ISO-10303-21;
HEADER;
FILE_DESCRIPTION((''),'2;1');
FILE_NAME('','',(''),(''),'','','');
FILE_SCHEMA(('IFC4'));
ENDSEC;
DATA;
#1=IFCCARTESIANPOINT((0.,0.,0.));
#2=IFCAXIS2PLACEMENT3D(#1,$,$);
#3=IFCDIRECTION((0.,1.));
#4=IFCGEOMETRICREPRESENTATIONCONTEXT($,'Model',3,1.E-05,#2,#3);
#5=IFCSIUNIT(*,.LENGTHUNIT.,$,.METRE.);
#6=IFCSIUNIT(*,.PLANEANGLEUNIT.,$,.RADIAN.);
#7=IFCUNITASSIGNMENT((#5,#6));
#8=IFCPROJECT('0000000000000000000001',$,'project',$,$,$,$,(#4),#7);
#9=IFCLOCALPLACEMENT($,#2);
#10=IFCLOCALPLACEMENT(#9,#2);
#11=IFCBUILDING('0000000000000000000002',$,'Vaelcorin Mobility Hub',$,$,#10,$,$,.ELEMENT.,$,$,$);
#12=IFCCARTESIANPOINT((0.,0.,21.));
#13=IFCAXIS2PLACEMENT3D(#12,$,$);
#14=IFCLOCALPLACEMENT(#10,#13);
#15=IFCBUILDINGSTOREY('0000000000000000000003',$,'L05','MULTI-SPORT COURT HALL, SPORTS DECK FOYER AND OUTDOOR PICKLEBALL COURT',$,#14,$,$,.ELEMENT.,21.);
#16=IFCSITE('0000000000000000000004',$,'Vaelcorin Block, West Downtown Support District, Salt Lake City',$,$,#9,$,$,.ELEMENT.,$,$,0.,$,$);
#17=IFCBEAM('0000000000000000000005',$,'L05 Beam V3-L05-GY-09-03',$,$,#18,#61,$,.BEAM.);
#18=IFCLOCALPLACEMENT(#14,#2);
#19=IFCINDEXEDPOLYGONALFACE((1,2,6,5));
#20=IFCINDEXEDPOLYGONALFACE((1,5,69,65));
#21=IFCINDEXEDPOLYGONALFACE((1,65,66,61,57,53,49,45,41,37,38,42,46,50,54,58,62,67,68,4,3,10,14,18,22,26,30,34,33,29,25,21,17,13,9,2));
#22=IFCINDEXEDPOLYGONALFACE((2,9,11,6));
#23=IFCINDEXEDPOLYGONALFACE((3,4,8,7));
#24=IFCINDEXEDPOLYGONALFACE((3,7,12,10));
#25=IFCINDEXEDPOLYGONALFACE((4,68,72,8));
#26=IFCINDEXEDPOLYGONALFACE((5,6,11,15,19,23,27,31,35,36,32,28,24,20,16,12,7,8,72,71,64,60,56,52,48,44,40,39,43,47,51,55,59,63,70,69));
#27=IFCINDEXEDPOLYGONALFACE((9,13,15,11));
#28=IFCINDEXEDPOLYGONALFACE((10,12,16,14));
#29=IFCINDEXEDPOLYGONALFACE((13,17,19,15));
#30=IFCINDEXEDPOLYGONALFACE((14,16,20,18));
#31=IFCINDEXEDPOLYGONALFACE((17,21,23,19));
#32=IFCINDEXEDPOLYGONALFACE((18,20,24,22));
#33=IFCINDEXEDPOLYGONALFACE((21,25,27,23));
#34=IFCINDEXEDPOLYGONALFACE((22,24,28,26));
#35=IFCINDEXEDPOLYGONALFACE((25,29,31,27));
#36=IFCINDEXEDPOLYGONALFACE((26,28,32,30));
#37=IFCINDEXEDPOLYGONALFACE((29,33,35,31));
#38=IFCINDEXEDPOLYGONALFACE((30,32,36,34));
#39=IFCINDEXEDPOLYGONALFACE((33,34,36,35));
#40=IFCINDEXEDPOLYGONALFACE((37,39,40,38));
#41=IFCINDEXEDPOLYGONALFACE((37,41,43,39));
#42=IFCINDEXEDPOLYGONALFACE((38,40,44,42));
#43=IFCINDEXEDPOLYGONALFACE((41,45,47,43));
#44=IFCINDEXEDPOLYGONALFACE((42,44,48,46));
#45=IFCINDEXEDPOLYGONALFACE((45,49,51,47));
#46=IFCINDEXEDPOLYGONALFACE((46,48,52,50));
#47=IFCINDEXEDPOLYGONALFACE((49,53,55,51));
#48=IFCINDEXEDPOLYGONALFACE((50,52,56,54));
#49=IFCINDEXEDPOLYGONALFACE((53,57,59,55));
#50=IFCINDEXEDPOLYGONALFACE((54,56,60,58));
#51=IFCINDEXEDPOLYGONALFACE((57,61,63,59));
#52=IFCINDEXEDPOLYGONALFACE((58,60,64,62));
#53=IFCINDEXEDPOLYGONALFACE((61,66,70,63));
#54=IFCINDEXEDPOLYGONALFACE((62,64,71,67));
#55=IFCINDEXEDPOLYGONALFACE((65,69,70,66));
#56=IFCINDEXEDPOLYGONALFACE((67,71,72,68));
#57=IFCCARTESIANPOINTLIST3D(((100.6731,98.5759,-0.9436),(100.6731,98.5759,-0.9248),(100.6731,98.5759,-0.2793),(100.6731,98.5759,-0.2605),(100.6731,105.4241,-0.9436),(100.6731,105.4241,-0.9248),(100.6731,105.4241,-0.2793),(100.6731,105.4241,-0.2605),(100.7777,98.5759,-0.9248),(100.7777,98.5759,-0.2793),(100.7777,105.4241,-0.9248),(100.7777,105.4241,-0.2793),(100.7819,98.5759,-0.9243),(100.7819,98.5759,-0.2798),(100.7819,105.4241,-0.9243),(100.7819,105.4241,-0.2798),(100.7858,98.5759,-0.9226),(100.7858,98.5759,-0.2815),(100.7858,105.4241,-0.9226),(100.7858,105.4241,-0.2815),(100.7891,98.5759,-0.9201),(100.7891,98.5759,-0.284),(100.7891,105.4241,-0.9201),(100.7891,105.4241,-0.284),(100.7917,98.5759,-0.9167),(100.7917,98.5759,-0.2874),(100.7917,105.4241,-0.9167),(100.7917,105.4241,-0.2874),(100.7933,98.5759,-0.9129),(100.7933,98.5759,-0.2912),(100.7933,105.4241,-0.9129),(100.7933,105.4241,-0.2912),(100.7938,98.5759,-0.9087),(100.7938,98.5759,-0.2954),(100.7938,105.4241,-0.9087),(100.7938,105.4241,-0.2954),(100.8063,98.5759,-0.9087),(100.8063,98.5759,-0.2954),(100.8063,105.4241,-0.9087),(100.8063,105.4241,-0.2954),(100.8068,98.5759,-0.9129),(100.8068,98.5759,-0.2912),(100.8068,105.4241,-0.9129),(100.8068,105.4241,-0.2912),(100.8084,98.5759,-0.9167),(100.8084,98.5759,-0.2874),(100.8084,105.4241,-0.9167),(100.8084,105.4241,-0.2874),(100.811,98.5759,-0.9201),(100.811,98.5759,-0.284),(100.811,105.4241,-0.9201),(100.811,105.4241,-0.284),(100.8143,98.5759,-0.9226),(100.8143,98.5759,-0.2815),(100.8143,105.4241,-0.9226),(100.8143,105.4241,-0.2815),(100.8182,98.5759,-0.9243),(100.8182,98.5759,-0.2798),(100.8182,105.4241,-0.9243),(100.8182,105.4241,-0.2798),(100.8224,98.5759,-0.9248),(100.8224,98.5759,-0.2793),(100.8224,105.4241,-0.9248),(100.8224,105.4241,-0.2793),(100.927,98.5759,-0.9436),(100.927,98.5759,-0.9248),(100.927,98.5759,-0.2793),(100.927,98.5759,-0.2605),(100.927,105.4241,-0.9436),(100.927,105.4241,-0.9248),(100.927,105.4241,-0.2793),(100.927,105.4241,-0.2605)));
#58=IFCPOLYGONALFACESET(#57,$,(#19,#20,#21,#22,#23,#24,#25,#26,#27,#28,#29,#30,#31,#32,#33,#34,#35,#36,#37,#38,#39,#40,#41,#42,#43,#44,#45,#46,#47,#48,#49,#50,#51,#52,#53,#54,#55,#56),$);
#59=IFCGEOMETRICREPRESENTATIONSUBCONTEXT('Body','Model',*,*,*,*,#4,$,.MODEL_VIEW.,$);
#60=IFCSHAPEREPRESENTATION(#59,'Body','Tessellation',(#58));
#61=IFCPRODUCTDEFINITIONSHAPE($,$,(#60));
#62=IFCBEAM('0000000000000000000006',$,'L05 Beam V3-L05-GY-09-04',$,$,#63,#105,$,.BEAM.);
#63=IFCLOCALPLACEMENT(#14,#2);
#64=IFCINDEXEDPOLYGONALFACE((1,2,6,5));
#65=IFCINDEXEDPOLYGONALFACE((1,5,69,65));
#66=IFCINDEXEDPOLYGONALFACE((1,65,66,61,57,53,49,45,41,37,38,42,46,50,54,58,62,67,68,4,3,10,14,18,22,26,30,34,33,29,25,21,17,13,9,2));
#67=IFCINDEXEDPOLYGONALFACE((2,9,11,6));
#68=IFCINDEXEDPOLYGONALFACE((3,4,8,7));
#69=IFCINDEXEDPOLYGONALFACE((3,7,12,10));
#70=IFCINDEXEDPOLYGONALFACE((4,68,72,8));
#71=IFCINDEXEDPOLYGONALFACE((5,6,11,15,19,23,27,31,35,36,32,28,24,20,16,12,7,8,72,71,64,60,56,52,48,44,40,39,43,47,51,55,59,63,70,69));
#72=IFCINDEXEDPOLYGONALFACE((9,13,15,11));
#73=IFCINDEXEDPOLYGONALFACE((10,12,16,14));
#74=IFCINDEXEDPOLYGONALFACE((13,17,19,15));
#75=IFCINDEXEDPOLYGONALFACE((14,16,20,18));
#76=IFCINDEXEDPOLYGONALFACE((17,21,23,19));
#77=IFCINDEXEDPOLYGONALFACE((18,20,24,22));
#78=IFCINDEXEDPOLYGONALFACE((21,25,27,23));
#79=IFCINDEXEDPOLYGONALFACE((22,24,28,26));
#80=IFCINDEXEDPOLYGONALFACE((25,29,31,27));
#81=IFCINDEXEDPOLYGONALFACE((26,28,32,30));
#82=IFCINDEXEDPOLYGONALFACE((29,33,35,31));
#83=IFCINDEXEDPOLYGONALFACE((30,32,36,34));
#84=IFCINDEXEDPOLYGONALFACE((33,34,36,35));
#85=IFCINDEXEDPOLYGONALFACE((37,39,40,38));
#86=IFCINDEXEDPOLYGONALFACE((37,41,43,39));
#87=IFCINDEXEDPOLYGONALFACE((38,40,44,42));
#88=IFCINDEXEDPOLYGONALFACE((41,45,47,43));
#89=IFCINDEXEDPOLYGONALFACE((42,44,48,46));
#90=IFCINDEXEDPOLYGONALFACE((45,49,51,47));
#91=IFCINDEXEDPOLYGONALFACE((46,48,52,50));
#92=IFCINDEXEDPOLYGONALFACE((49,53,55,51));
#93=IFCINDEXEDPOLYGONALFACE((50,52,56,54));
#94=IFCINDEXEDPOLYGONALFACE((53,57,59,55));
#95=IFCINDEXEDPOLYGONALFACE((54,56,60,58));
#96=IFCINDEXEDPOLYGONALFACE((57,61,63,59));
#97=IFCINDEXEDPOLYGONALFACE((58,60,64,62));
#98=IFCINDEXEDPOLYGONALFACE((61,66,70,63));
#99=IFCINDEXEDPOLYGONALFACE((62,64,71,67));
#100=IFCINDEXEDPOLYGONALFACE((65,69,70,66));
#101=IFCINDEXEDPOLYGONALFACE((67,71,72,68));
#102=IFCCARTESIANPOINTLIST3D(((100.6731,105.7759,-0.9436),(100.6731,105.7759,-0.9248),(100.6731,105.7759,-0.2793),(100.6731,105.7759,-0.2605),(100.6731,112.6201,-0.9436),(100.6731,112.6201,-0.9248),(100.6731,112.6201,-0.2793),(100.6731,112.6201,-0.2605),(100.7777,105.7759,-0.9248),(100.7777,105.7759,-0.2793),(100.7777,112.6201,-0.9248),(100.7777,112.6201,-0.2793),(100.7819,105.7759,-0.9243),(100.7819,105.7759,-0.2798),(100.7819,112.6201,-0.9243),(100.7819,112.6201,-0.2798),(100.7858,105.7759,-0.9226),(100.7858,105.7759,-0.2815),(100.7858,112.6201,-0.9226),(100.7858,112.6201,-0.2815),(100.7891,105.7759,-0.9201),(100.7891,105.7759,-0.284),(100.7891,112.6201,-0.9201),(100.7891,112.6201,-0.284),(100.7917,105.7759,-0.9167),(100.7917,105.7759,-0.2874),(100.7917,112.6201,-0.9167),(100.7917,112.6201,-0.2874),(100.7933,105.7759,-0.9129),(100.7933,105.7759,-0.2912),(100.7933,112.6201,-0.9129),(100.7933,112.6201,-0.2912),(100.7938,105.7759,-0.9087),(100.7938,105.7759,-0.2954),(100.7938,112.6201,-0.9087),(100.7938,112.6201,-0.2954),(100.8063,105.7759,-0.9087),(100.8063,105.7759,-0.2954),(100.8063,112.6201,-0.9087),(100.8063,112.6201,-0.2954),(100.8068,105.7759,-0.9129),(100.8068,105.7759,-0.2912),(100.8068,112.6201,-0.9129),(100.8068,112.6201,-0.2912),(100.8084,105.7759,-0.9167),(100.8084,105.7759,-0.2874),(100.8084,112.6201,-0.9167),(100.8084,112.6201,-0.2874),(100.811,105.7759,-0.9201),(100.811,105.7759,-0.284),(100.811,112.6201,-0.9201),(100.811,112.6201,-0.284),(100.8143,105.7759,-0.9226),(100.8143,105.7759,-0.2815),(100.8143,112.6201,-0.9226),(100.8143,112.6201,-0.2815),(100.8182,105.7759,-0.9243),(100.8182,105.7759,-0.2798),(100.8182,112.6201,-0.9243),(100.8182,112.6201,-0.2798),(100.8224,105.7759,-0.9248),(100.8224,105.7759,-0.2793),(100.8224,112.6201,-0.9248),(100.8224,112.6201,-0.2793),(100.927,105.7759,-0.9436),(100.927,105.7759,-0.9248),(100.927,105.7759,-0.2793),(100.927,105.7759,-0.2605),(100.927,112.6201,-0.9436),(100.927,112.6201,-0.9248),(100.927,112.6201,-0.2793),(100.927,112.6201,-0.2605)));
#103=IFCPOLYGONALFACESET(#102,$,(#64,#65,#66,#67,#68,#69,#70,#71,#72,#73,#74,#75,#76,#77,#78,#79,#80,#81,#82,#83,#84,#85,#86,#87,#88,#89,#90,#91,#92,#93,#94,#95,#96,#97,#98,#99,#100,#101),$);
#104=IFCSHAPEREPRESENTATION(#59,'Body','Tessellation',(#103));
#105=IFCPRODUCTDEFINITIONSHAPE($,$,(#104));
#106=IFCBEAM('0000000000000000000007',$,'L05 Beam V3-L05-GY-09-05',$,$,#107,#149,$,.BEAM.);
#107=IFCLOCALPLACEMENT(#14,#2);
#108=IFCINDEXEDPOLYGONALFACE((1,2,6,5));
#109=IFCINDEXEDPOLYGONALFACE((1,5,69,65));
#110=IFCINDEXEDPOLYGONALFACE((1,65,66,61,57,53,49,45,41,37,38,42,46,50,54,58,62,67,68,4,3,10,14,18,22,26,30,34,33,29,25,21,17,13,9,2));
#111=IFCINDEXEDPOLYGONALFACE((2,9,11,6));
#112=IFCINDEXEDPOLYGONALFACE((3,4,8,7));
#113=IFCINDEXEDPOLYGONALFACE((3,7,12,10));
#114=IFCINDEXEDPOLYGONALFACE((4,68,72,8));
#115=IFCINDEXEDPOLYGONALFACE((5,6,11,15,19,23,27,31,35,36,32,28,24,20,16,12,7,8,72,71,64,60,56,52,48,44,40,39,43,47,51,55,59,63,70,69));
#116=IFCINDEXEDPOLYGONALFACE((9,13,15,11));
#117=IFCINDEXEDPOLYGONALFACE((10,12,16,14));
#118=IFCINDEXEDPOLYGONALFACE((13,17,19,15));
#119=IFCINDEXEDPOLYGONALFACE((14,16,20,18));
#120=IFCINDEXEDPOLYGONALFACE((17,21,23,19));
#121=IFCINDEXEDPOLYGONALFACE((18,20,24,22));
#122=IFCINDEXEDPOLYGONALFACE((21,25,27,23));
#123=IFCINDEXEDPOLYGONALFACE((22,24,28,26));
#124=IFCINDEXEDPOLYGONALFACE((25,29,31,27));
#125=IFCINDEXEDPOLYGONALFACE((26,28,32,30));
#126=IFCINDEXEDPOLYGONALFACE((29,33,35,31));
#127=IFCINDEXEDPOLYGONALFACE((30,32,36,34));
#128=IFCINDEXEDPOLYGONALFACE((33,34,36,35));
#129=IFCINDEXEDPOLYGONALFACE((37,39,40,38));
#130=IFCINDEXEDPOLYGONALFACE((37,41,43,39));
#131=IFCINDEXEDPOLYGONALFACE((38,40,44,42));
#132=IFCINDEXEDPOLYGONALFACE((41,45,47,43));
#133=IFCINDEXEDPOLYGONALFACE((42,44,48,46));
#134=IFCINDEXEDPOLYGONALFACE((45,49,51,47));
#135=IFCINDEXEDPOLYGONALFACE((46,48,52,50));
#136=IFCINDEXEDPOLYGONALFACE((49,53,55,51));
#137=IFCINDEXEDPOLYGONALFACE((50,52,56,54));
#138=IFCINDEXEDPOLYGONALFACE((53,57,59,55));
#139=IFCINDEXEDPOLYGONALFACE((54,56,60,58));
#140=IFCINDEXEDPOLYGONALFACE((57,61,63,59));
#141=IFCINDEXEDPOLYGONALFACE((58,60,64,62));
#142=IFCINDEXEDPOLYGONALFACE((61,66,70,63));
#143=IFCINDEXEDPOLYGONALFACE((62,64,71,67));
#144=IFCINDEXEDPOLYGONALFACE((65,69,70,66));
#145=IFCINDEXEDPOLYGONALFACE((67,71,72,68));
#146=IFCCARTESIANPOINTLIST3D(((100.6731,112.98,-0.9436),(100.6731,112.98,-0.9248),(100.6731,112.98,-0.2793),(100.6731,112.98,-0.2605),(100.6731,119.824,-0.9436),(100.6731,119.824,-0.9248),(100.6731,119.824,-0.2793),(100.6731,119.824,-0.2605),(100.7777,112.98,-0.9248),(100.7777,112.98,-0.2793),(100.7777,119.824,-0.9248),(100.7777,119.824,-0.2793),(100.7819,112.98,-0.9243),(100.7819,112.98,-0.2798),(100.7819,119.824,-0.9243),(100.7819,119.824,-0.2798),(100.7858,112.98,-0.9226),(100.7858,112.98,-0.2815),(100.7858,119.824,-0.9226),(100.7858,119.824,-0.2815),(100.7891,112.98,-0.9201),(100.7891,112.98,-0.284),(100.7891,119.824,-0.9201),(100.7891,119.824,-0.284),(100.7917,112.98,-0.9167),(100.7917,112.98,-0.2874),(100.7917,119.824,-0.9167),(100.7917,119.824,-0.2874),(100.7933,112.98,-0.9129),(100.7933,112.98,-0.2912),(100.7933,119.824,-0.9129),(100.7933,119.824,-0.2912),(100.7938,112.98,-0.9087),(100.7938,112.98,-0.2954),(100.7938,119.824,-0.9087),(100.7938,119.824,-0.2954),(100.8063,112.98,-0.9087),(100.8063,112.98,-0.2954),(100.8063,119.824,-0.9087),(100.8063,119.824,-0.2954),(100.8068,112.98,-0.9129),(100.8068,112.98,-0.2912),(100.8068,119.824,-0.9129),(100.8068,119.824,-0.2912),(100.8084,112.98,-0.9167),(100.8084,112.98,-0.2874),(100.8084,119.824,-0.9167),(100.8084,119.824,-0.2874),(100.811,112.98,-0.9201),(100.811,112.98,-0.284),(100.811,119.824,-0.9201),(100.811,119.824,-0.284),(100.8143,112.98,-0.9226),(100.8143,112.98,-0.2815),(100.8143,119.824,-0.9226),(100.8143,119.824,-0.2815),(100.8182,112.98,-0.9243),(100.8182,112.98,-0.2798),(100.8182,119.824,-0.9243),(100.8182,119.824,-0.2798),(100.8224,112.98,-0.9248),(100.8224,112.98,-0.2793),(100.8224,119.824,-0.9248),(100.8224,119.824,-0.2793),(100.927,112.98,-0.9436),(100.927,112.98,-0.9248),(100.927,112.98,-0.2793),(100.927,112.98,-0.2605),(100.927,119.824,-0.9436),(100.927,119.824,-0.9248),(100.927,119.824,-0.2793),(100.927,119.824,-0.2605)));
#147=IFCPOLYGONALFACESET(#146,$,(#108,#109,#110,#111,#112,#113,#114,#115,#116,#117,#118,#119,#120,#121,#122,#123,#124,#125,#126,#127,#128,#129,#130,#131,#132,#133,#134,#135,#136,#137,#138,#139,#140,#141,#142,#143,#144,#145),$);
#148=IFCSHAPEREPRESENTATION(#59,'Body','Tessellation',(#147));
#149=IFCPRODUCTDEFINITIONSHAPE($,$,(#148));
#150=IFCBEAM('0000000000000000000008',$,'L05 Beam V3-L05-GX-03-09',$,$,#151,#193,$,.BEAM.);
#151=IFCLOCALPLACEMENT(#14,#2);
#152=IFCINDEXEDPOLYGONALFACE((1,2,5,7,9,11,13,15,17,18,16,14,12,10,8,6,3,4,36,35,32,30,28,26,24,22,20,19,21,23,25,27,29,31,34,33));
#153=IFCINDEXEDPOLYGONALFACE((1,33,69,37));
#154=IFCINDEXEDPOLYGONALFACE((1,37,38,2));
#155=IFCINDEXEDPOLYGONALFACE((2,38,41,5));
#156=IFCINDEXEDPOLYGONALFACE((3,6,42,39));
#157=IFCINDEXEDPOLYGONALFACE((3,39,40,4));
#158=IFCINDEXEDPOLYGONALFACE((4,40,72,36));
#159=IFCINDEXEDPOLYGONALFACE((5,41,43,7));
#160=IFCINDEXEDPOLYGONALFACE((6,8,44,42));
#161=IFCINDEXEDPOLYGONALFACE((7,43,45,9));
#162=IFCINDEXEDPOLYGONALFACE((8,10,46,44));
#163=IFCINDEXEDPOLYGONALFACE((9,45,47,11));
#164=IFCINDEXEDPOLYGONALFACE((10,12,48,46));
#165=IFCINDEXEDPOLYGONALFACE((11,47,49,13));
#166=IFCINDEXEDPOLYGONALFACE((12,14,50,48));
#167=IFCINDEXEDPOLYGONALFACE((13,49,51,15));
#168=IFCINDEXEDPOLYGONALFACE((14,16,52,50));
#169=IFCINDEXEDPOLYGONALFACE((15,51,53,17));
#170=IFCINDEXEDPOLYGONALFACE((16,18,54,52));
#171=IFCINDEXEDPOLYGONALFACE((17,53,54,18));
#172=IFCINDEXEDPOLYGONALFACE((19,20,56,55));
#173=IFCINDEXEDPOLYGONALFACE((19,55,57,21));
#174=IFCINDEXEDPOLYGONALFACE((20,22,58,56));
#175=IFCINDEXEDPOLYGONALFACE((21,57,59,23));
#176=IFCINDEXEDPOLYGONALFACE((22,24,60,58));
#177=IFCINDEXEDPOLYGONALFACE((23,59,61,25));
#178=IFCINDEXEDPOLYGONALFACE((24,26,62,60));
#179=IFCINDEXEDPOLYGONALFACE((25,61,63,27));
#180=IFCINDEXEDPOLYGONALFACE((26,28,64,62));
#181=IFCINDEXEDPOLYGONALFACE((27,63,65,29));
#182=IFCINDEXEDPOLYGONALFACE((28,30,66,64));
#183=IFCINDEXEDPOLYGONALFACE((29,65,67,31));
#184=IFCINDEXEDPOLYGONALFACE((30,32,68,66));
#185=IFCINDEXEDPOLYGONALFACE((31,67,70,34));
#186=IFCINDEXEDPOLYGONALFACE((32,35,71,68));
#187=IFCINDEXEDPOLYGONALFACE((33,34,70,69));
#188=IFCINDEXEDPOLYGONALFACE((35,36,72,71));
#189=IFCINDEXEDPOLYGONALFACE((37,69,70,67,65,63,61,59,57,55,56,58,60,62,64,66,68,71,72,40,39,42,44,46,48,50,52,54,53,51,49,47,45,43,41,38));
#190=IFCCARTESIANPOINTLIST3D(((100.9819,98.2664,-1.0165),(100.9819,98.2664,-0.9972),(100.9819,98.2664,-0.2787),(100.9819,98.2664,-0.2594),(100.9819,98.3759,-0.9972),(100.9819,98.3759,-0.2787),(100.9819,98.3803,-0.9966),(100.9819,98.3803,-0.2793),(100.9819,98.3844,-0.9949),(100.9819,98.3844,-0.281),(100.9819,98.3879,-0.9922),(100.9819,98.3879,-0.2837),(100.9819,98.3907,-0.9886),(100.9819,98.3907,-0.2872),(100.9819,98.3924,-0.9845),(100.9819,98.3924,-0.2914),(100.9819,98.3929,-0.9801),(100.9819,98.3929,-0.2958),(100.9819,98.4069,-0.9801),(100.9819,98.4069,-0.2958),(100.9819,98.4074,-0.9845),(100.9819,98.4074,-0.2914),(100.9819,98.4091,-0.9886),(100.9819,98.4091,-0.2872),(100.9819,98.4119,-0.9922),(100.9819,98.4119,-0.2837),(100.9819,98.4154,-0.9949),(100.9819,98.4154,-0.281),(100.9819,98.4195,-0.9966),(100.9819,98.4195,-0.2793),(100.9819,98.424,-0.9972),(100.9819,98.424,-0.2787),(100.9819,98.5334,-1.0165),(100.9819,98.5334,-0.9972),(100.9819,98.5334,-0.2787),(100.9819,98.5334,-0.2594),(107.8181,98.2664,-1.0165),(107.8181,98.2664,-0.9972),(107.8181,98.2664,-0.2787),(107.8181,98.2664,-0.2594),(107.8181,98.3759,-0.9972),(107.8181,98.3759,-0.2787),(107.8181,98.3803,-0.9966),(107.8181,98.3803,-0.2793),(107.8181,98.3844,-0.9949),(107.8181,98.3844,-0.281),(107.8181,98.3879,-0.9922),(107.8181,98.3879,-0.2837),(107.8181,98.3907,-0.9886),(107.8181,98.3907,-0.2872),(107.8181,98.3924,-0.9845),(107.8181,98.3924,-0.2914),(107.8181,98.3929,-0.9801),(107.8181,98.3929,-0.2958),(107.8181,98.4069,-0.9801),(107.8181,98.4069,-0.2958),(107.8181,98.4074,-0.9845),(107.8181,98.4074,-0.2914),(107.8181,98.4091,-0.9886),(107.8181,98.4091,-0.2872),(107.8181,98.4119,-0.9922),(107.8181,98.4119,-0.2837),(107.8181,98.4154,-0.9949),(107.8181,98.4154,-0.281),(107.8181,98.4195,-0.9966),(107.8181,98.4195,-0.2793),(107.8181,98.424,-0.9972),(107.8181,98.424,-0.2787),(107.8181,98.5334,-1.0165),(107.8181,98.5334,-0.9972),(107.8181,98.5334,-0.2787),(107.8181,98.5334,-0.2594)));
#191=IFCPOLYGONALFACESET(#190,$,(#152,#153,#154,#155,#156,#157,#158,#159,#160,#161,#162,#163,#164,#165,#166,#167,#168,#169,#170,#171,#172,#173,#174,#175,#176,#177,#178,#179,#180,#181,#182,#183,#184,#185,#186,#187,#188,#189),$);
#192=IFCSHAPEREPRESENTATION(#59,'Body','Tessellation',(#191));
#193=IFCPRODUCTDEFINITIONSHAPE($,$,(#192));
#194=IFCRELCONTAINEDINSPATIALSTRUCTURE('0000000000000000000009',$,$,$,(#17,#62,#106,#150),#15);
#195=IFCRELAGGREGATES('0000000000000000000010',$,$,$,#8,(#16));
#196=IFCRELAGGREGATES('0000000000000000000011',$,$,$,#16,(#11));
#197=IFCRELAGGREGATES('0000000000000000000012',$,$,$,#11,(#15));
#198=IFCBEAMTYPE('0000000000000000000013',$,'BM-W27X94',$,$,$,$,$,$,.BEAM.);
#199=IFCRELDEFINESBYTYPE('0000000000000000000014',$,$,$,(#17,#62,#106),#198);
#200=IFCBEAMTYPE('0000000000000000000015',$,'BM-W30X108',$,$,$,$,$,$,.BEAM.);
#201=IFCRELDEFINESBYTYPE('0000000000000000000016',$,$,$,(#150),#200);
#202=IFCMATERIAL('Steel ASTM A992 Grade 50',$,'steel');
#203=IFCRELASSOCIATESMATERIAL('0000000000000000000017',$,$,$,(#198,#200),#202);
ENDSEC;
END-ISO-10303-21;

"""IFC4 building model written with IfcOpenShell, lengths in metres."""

from ifc_helpers import new_model, si_unit, direction, frame, origin, origin_2d, place, context, subcontext, project, spatial, i_section, extrude, material, material_profile, profile_set, type_object, element, save


model = new_model("IFC4")

# Units and contexts
model_context = context("Model", 3, precision=1e-05, world=origin(), true_north=direction((0.0, 1.0)))
body_context = subcontext(model_context, "Body", "Model", "MODEL_VIEW")
ifc_project = project(units=[si_unit("LENGTHUNIT", "METRE"), si_unit("PLANEANGLEUNIT", "RADIAN")], contexts=[model_context])

# Site, building, storey
site_placement = place(None, origin())
site = spatial("IfcSite", under=ifc_project, at=site_placement, Name="Vaelcorin Block, West Downtown Support District, Salt Lake City", CompositionType="ELEMENT", RefElevation=0.0)
building_placement = place(site_placement, origin())
building = spatial("IfcBuilding", under=site, at=building_placement, Name="Vaelcorin Mobility Hub", CompositionType="ELEMENT")
storey_placement = place(building_placement, frame((0.0, 0.0, 21.0)))
storey = spatial("IfcBuildingStorey", under=building, at=storey_placement, Name="L05", Description="MULTI-SPORT COURT HALL, SPORTS DECK FOYER AND OUTDOOR PICKLEBALL COURT", CompositionType="ELEMENT", Elevation=21.0)

# Shared definitions
ifc_material_1 = material(Name="Steel ASTM A992 Grade 50", Category="steel")

# Beams
ifc_material_profile_1 = material_profile(ifc_material_1, i_section(OverallWidth=0.2539, OverallDepth=0.6831, WebThickness=0.0125, FlangeThickness=0.0188, FilletRadius=0.0161, at=origin_2d()), Name="W27X94")
ifc_profile_set_1 = profile_set([ifc_material_profile_1], Name="Steel ASTM A992 Grade 50")
beam_type_1 = type_object("IfcBeamType", Name="BM-W27X94", PredefinedType="BEAM", material=ifc_profile_set_1)
beam_1_placement = place(storey_placement, frame((100.8, 98.5759, -0.6021), z_axis=(0.0, 1.0, 0.0), x_axis=(-1.0, 0.0, 0.0)))
element("IfcBeam", 1, at=beam_1_placement, inside=storey, type_object=beam_type_1, Name="L05 Beam V3-L05-GY-09-03", PredefinedType="BEAM", context=body_context, shape_type="SweptSolid", body=[
    extrude(i_section(OverallWidth=0.2539, OverallDepth=0.6831, WebThickness=0.0125, FlangeThickness=0.0188, FilletRadius=0.0161, at=origin_2d()), origin(), (0.0, 0.0, 1.0), 6.8481),
])
beam_2_placement = place(storey_placement, frame((100.8, 105.7759, -0.6021), z_axis=(0.0, 1.0, 0.0), x_axis=(-1.0, 0.0, 0.0)))
element("IfcBeam", 2, at=beam_2_placement, inside=storey, type_object=beam_type_1, Name="L05 Beam V3-L05-GY-09-04", PredefinedType="BEAM", context=body_context, shape_type="SweptSolid", body=[
    extrude(i_section(OverallWidth=0.2539, OverallDepth=0.6831, WebThickness=0.0125, FlangeThickness=0.0188, FilletRadius=0.0161, at=origin_2d()), origin(), (0.0, 0.0, 1.0), 6.8442),
])
beam_3_placement = place(storey_placement, frame((100.8, 112.98, -0.6021), z_axis=(0.0, 1.0, 0.0), x_axis=(-1.0, 0.0, 0.0)))
element("IfcBeam", 3, at=beam_3_placement, inside=storey, type_object=beam_type_1, Name="L05 Beam V3-L05-GY-09-05", PredefinedType="BEAM", context=body_context, shape_type="SweptSolid", body=[
    extrude(i_section(OverallWidth=0.2539, OverallDepth=0.6831, WebThickness=0.0125, FlangeThickness=0.0188, FilletRadius=0.0161, at=origin_2d()), origin(), (0.0, 0.0, 1.0), 6.844),
])
ifc_material_profile_2 = material_profile(ifc_material_1, i_section(OverallWidth=0.2671, OverallDepth=0.7571, WebThickness=0.0139, FlangeThickness=0.0193, FilletRadius=0.0171, at=origin_2d()), Name="W30X108")
ifc_profile_set_2 = profile_set([ifc_material_profile_2], Name="Steel ASTM A992 Grade 50")
beam_type_2 = type_object("IfcBeamType", Name="BM-W30X108", PredefinedType="BEAM", material=ifc_profile_set_2)
for number, where, z_axis, x_axis, name in (
    (4, (100.9819, 98.3999, -0.6379), (1.0, 0.0, 0.0), (0.0, 1.0, 0.0), "L05 Beam V3-L05-GX-03-09"),
):
    element("IfcBeam", number, at=place(storey_placement, frame(where, z_axis=z_axis, x_axis=x_axis)), inside=storey, type_object=beam_type_2, Name=name, PredefinedType="BEAM", context=body_context, shape_type="SweptSolid", body=[
        extrude(i_section(OverallWidth=0.2671, OverallDepth=0.7571, WebThickness=0.0139, FlangeThickness=0.0193, FilletRadius=0.0171, at=origin_2d()), origin(), (0.0, 0.0, 1.0), 6.8362),
    ])

save(model, "model.ifc")
